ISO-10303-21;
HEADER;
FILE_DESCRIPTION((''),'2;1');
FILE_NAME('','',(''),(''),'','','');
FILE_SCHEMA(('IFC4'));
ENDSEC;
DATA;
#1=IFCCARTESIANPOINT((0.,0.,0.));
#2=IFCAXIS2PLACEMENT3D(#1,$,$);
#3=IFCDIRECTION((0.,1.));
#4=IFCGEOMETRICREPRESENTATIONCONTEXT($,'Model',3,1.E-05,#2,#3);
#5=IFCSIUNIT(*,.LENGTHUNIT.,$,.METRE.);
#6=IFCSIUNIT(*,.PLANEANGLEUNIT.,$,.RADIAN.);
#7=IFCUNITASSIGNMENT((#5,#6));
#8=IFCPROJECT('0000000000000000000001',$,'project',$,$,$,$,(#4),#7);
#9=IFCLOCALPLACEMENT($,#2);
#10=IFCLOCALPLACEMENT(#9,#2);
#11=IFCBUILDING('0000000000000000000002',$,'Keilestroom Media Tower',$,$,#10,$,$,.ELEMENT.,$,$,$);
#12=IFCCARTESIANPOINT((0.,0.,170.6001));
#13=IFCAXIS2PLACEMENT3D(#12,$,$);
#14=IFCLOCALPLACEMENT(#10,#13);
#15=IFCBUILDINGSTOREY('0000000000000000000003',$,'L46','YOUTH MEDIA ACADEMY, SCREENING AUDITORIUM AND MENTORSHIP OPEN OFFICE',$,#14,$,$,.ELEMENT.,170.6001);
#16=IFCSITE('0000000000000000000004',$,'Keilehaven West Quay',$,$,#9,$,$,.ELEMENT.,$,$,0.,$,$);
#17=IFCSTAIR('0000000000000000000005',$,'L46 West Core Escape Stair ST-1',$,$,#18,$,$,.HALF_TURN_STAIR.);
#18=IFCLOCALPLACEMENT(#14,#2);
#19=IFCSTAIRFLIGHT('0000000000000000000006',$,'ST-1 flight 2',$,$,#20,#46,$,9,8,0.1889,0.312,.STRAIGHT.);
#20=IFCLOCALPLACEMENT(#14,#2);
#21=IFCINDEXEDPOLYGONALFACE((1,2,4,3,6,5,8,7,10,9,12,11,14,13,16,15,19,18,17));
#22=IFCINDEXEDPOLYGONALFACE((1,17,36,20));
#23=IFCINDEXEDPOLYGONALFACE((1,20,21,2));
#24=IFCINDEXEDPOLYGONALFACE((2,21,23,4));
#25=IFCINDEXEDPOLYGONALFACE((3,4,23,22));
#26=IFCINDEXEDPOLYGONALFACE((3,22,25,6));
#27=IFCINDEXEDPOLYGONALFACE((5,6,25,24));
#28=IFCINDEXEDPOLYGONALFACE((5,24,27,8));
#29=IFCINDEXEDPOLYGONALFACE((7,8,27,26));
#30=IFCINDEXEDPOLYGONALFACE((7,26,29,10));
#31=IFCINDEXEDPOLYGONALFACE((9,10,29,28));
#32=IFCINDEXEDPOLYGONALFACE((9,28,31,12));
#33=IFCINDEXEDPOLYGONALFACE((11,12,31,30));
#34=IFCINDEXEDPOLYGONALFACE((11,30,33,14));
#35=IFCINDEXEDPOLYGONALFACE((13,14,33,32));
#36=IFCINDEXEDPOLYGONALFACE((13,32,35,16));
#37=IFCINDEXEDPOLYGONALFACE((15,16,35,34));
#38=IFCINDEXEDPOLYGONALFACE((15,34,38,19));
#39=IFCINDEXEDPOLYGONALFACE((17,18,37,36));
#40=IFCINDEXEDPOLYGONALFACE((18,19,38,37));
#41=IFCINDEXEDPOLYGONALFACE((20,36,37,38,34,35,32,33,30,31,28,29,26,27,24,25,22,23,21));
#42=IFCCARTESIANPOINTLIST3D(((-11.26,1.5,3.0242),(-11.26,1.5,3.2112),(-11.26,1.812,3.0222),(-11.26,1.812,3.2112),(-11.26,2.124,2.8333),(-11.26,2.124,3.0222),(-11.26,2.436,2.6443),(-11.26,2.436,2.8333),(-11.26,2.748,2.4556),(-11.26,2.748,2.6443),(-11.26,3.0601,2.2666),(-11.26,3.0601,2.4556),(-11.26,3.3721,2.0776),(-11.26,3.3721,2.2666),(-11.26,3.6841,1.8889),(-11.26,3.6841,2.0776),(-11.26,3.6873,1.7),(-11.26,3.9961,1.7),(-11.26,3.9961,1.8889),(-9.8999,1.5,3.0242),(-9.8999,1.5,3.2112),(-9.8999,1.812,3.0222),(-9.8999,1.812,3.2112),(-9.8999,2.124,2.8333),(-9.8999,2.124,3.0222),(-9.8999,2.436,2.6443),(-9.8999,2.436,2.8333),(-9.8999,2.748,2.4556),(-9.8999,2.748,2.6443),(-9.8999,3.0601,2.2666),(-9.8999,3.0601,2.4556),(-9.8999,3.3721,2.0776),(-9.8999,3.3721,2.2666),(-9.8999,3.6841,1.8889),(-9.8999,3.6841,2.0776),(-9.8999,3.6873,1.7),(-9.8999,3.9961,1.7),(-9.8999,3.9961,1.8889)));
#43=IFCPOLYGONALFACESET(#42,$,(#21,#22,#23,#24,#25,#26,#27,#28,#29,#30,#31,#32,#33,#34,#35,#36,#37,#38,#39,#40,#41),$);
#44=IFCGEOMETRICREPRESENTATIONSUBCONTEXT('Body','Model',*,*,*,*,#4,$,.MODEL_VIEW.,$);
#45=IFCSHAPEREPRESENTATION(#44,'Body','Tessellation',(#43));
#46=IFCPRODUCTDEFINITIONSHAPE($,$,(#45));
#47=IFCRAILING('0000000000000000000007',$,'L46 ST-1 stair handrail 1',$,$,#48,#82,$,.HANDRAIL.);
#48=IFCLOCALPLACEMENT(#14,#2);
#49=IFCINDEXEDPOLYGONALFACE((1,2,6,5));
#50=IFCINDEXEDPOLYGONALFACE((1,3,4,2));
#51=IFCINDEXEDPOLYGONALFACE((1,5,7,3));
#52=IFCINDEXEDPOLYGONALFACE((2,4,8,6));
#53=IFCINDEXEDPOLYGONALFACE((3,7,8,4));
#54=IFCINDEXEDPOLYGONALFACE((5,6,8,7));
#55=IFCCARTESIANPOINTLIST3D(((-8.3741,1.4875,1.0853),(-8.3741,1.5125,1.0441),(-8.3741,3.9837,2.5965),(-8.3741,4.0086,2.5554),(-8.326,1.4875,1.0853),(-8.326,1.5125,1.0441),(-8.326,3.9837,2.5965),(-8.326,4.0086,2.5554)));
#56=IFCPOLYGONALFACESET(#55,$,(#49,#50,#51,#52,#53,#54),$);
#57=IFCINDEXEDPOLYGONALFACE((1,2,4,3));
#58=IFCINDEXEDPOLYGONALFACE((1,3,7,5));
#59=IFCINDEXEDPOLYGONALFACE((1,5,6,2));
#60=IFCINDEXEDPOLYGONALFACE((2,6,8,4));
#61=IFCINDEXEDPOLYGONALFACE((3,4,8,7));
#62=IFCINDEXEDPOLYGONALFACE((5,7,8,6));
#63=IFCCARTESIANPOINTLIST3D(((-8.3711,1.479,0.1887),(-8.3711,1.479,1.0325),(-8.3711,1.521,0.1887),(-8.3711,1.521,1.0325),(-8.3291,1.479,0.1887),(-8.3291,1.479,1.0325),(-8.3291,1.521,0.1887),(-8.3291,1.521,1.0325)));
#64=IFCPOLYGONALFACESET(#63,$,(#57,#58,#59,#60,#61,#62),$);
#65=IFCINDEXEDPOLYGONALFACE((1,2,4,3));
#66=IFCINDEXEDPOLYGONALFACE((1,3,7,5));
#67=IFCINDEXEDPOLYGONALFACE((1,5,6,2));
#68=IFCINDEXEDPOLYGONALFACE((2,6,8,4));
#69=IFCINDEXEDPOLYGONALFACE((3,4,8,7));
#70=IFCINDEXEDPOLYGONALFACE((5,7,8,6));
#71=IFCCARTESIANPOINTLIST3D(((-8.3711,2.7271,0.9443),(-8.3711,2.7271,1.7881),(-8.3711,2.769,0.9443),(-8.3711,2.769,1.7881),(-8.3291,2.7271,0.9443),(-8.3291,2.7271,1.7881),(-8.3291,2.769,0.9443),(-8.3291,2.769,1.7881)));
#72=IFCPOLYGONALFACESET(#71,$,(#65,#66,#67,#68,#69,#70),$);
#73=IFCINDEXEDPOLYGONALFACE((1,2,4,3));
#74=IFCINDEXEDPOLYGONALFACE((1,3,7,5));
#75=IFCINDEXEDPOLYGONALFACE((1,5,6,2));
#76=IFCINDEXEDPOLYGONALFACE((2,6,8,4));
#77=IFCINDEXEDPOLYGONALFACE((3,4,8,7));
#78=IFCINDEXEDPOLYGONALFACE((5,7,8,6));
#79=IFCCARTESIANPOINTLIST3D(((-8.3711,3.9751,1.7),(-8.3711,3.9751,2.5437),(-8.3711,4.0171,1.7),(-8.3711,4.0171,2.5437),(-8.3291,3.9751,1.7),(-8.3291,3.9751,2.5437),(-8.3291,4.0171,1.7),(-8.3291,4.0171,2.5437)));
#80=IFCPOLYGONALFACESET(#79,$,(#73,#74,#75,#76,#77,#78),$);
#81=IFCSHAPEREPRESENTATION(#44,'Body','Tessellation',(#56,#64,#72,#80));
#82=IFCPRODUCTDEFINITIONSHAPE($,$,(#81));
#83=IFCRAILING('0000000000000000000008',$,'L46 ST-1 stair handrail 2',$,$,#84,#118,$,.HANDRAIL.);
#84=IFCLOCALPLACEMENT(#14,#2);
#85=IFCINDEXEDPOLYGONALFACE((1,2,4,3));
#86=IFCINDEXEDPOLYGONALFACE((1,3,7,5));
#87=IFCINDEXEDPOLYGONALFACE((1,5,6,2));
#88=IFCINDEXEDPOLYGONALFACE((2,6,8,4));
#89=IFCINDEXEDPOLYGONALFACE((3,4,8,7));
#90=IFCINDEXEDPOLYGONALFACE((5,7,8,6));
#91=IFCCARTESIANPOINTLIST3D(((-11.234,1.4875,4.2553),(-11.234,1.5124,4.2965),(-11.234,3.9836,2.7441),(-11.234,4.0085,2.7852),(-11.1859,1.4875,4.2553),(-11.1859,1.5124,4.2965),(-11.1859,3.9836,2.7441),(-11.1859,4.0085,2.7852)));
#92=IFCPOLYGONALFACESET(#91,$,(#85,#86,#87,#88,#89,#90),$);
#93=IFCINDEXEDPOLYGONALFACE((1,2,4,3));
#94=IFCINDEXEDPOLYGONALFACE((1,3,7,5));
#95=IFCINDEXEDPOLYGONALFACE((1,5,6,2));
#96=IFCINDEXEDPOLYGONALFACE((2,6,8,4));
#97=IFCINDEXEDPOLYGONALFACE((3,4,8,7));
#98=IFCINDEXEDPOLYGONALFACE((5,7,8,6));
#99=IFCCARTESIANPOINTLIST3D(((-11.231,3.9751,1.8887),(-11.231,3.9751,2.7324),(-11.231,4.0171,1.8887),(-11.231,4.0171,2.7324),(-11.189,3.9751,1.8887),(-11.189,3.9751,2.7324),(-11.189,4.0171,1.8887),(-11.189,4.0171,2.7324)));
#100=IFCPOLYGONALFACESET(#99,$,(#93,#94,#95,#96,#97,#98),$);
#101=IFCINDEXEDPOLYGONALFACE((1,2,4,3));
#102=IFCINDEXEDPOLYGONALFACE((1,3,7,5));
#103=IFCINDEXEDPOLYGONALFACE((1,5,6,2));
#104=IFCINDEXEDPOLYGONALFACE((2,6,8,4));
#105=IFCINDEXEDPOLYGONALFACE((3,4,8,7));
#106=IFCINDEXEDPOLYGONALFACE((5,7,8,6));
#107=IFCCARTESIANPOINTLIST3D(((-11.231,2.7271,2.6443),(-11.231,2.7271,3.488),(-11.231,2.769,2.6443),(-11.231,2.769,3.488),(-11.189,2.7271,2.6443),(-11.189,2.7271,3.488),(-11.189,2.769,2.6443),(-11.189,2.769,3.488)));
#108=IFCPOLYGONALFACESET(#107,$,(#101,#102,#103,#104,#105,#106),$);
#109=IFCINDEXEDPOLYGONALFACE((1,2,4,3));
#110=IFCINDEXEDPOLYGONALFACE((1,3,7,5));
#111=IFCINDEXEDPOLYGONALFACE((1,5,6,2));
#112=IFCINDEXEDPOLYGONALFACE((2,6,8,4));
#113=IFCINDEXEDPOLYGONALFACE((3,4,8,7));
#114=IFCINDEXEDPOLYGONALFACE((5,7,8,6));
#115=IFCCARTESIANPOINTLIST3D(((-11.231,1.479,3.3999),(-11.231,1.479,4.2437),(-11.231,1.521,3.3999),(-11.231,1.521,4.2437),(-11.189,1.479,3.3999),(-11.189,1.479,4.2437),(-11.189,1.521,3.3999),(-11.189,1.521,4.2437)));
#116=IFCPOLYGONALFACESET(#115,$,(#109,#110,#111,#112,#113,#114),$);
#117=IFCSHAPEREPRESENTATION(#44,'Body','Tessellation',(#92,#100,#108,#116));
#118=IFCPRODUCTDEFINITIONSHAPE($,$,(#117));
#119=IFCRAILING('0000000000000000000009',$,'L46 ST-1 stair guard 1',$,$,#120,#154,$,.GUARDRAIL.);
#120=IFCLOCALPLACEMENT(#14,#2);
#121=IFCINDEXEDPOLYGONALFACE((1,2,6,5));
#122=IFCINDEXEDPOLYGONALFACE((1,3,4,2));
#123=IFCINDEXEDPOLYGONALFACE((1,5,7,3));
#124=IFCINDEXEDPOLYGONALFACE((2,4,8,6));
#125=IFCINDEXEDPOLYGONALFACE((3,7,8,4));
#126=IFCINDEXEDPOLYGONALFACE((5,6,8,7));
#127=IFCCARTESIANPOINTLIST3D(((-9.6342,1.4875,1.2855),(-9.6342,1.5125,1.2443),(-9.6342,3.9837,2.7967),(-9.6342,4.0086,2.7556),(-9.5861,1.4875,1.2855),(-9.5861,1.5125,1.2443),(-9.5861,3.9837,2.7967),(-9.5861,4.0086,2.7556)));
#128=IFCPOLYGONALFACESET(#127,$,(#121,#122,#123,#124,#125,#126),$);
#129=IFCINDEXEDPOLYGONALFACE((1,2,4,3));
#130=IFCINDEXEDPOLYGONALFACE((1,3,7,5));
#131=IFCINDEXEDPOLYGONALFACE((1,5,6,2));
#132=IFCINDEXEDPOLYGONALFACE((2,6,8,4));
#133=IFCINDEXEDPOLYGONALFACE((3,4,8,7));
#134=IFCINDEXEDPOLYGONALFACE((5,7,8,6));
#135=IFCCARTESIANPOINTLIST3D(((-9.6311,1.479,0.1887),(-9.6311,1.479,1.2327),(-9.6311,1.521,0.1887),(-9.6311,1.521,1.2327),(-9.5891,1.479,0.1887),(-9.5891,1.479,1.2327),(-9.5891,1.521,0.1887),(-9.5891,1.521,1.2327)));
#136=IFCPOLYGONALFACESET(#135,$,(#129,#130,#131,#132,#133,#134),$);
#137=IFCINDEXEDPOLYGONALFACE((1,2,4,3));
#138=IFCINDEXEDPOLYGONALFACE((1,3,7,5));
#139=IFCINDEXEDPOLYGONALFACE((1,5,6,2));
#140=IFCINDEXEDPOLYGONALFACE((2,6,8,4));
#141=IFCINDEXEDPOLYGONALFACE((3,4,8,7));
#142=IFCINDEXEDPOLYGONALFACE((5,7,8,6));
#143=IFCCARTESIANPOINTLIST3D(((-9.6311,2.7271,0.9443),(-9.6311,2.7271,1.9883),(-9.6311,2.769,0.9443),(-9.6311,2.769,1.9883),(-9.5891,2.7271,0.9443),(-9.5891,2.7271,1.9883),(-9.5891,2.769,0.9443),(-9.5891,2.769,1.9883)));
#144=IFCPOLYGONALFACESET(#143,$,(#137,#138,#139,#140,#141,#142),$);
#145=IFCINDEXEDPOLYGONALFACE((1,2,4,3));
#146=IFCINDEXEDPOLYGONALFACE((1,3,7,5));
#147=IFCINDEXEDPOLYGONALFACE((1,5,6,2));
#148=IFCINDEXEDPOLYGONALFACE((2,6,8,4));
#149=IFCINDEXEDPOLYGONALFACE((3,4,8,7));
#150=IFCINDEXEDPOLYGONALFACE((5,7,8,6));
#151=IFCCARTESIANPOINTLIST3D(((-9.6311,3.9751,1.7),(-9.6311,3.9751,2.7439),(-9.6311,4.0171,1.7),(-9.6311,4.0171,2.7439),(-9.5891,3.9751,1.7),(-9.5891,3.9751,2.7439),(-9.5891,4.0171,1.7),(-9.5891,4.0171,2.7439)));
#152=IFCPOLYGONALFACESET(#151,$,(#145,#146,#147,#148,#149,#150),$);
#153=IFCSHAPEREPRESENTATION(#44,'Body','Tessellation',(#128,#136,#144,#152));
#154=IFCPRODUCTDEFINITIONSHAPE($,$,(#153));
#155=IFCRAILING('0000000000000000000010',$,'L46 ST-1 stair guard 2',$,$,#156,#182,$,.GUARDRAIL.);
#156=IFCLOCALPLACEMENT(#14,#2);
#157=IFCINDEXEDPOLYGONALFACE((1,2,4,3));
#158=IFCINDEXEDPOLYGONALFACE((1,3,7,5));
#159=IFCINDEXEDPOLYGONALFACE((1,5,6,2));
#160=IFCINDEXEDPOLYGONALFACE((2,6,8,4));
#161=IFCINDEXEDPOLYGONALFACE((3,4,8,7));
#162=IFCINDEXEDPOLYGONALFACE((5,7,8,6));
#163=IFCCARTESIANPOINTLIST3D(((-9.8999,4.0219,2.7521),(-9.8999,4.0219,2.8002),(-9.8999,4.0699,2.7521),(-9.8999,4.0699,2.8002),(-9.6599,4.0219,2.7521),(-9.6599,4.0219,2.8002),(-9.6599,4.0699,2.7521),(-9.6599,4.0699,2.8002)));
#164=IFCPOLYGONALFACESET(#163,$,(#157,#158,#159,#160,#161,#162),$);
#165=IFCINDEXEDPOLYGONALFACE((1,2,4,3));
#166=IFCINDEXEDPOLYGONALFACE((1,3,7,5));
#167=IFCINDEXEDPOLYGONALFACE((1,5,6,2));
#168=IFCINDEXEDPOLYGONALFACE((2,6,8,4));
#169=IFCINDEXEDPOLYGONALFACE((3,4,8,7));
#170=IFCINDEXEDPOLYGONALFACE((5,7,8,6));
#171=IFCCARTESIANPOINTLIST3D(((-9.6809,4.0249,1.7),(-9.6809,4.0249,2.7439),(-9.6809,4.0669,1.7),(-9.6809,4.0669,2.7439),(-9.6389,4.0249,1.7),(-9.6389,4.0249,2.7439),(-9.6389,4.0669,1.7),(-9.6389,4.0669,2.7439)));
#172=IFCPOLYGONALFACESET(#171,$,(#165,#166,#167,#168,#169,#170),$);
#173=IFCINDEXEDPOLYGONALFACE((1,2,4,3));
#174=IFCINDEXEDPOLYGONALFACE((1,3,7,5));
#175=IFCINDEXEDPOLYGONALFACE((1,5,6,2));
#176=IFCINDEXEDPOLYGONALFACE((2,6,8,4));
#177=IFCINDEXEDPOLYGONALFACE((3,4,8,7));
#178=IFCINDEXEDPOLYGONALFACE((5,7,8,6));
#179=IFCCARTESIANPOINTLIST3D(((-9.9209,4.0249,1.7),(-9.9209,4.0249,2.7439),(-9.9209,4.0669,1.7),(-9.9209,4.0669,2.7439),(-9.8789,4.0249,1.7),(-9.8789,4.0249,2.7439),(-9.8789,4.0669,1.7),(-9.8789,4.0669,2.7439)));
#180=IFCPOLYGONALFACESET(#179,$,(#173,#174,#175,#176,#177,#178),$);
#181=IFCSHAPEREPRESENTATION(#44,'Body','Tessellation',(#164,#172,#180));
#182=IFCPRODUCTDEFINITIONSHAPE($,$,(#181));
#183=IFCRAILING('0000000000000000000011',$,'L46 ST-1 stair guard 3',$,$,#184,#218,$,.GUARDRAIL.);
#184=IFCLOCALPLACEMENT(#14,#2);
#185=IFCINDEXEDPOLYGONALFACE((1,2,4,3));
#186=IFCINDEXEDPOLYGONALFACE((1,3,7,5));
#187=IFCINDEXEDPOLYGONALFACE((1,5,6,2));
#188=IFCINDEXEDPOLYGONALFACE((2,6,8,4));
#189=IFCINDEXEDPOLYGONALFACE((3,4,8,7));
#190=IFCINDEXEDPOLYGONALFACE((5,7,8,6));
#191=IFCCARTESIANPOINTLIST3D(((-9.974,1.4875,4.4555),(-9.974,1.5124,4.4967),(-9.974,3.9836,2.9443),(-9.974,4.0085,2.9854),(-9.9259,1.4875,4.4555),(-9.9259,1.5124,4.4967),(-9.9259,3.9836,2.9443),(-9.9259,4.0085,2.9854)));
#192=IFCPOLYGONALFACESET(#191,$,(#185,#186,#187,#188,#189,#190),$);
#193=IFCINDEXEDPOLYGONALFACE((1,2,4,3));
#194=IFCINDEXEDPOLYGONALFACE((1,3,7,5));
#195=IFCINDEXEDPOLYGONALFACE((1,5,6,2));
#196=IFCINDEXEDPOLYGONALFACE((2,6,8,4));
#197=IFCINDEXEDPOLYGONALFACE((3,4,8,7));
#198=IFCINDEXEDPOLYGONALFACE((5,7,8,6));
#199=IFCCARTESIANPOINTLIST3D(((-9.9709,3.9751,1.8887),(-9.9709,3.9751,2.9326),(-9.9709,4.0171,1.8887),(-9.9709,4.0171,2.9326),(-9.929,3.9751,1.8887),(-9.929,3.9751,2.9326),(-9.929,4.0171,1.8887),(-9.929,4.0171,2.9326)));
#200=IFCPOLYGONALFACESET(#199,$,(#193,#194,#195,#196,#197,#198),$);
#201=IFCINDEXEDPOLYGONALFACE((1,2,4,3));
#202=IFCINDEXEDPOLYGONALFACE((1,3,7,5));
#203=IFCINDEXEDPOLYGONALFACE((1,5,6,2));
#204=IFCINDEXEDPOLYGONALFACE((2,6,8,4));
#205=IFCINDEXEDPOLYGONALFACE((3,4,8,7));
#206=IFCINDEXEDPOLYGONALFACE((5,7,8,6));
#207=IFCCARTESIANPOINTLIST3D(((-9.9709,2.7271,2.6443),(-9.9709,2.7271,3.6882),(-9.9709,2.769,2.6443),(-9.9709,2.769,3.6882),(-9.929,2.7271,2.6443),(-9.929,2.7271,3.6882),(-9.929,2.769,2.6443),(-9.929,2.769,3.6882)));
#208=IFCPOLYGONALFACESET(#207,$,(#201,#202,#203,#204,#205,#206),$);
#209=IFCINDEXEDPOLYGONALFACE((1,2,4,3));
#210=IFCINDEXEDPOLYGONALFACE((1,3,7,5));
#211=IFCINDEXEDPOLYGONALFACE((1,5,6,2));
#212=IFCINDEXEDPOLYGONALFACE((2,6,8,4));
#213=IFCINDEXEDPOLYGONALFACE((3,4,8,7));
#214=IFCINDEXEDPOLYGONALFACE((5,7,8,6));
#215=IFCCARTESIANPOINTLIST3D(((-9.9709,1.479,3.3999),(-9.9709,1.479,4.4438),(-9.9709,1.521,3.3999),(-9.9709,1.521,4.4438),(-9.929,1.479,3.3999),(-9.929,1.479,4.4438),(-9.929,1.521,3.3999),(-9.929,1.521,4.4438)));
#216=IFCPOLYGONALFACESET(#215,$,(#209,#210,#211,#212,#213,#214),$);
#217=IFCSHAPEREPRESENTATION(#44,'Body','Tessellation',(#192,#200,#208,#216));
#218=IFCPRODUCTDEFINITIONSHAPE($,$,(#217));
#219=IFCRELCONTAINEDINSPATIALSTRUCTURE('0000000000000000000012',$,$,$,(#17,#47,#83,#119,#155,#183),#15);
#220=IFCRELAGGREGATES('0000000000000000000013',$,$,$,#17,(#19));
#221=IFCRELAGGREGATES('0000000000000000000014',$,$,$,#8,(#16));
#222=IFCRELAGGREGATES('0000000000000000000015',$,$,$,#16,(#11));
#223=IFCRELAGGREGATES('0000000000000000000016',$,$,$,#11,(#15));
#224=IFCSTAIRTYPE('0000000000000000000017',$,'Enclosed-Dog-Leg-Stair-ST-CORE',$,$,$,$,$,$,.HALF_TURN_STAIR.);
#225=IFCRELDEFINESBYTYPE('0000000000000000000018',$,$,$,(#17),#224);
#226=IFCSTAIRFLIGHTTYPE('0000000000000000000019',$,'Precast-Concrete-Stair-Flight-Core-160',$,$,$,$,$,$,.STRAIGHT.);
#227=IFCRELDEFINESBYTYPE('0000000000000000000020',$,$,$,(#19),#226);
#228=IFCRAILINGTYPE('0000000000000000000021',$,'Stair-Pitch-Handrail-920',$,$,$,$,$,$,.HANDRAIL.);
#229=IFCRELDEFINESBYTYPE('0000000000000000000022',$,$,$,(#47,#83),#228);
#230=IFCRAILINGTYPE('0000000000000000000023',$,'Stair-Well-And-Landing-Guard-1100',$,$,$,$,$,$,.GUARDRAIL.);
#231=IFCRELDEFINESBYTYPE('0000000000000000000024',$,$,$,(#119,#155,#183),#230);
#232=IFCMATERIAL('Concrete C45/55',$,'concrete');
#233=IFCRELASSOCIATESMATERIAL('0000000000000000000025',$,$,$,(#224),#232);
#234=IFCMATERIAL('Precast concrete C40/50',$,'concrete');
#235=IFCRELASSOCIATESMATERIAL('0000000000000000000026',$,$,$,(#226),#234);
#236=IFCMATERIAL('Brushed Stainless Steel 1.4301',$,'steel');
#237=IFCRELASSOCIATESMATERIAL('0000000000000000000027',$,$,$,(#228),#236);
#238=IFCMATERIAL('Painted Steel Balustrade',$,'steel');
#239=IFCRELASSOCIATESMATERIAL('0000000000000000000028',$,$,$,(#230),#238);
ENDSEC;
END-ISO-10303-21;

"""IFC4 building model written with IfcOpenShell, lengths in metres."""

from ifc_helpers import new_model, si_unit, direction, frame, origin, origin_2d, place, context, subcontext, project, spatial, polyline, rectangle, outline, extrude, material, type_object, element, aggregate, save


model = new_model("IFC4")

# Units and contexts
model_context = context("Model", 3, precision=1e-05, world=origin(), true_north=direction((0.0, 1.0)))
body_context = subcontext(model_context, "Body", "Model", "MODEL_VIEW")
ifc_project = project(units=[si_unit("LENGTHUNIT", "METRE"), si_unit("PLANEANGLEUNIT", "RADIAN")], contexts=[model_context])

# Site, building, storey
site_placement = place(None, origin())
site = spatial("IfcSite", under=ifc_project, at=site_placement, Name="Keilehaven West Quay", CompositionType="ELEMENT", RefElevation=0.0)
building_placement = place(site_placement, origin())
building = spatial("IfcBuilding", under=site, at=building_placement, Name="Keilestroom Media Tower", CompositionType="ELEMENT")
storey_placement = place(building_placement, frame((0.0, 0.0, 170.6001)))
storey = spatial("IfcBuildingStorey", under=building, at=storey_placement, Name="L46", Description="YOUTH MEDIA ACADEMY, SCREENING AUDITORIUM AND MENTORSHIP OPEN OFFICE", CompositionType="ELEMENT", Elevation=170.6001)

# Shared definitions
ifc_material_1 = material(Name="Precast concrete C40/50", Category="concrete")

# Shared definitions
ifc_material_2 = material(Name="Concrete C45/55", Category="concrete")

# Stair
stair_type = type_object("IfcStairType", Name="Enclosed-Dog-Leg-Stair-ST-CORE", PredefinedType="HALF_TURN_STAIR", material=ifc_material_2)
stair_1_placement = place(storey_placement, origin())
stair_1 = element("IfcStair", 1, at=stair_1_placement, inside=storey, type_object=stair_type, Name="L46 West Core Escape Stair ST-1", PredefinedType="HALF_TURN_STAIR")

# Stair flight
stair_flight_type = type_object("IfcStairFlightType", Name="Precast-Concrete-Stair-Flight-Core-160", PredefinedType="STRAIGHT", material=ifc_material_1)
stair_flight_1_placement = place(storey_placement, frame((-10.5801, 3.9961, 1.7), z_axis=(0.0, 0.0, 1.0), x_axis=(0.0, -1.0, 0.0)))
stair_flight_1 = element("IfcStairFlight", 2, at=stair_flight_1_placement, type_object=stair_flight_type, Name="ST-1 flight 2", NumberOfRisers=9, NumberOfTreads=8, PredefinedType="STRAIGHT", RiserHeight=0.1889, TreadLength=0.312, context=body_context, shape_type="SweptSolid", body=[
    extrude(outline(polyline([(0.0, 0.0), (0.0, 0.189), (0.312, 0.189), (0.312, 0.3777), (0.624, 0.3777), (0.624, 0.5667), (0.936, 0.5667), (0.936, 0.7556), (1.248, 0.7556), (1.248, 0.9443), (1.5601, 0.9443), (1.5601, 1.1333), (1.8721, 1.1333), (1.8721, 1.3223), (2.1841, 1.3223), (2.1841, 1.5112), (2.4961, 1.5112), (2.4961, 1.7), (2.4961, 1.3242), (0.3088, 0.0), (0.0, 0.0)])), frame((0.0, 0.6802, 0.0), z_axis=(0.0, -1.0, 0.0), x_axis=(1.0, 0.0, 0.0)), (0.0, 0.0, 1.0), 1.3601),
])
aggregate(stair_1, [stair_flight_1])

# Railings
ifc_material_3 = material(Name="Brushed Stainless Steel 1.4301", Category="steel")
railing_type_1 = type_object("IfcRailingType", Name="Stair-Pitch-Handrail-920", PredefinedType="HANDRAIL", material=ifc_material_3)
railing_1_placement = place(storey_placement, frame((-8.3501, 1.5, 0.1887)))
element("IfcRailing", 3, at=railing_1_placement, inside=storey, type_object=railing_type_1, Name="L46 ST-1 stair handrail 1", PredefinedType="HANDRAIL", context=body_context, shape_type="SweptSolid", body=[
    extrude(rectangle(XDim=0.0481, YDim=0.0481, at=origin_2d()), frame((0.0, 0.0, 0.876), z_axis=(0.0, 0.855434, 0.517912), x_axis=(-1.0, 0.0, 0.0)), (0.0, 0.0, 1.0), 2.918),
    extrude(rectangle(XDim=0.042, YDim=0.042, at=origin_2d()), origin(), (0.0, 0.0, 1.0), 0.8438),
    extrude(rectangle(XDim=0.042, YDim=0.042, at=origin_2d()), frame((0.0, 1.248, 0.7556)), (0.0, 0.0, 1.0), 0.8438),
    extrude(rectangle(XDim=0.042, YDim=0.042, at=origin_2d()), frame((0.0, 2.4961, 1.5112)), (0.0, 0.0, 1.0), 0.8438),
])
railing_2_placement = place(storey_placement, frame((-11.21, 3.9961, 1.8887)))
element("IfcRailing", 4, at=railing_2_placement, inside=storey, type_object=railing_type_1, Name="L46 ST-1 stair handrail 2", PredefinedType="HANDRAIL", context=body_context, shape_type="SweptSolid", body=[
    extrude(rectangle(XDim=0.0481, YDim=0.0481, at=origin_2d()), frame((0.0, 0.0, 0.876), z_axis=(0.0, -0.855434, 0.517912), x_axis=(1.0, 0.0, 0.0)), (0.0, 0.0, 1.0), 2.918),
    extrude(rectangle(XDim=0.042, YDim=0.042, at=origin_2d()), origin(), (0.0, 0.0, 1.0), 0.8438),
    extrude(rectangle(XDim=0.042, YDim=0.042, at=origin_2d()), frame((0.0, -1.248, 0.7556)), (0.0, 0.0, 1.0), 0.8438),
    extrude(rectangle(XDim=0.042, YDim=0.042, at=origin_2d()), frame((0.0, -2.4961, 1.5112)), (0.0, 0.0, 1.0), 0.8438),
])
ifc_material_4 = material(Name="Painted Steel Balustrade", Category="steel")
railing_type_2 = type_object("IfcRailingType", Name="Stair-Well-And-Landing-Guard-1100", PredefinedType="GUARDRAIL", material=ifc_material_4)
railing_3_placement = place(storey_placement, frame((-9.6101, 1.5, 0.1887)))
element("IfcRailing", 5, at=railing_3_placement, inside=storey, type_object=railing_type_2, Name="L46 ST-1 stair guard 1", PredefinedType="GUARDRAIL", context=body_context, shape_type="SweptSolid", body=[
    extrude(rectangle(XDim=0.0481, YDim=0.0481, at=origin_2d()), frame((0.0, 0.0, 1.0762), z_axis=(0.0, 0.855434, 0.517912), x_axis=(-1.0, 0.0, 0.0)), (0.0, 0.0, 1.0), 2.918),
    extrude(rectangle(XDim=0.042, YDim=0.042, at=origin_2d()), origin(), (0.0, 0.0, 1.0), 1.0439),
    extrude(rectangle(XDim=0.042, YDim=0.042, at=origin_2d()), frame((0.0, 1.248, 0.7556)), (0.0, 0.0, 1.0), 1.0439),
    extrude(rectangle(XDim=0.042, YDim=0.042, at=origin_2d()), frame((0.0, 2.4961, 1.5112)), (0.0, 0.0, 1.0), 1.0439),
])
railing_4_placement = place(storey_placement, frame((-9.6599, 4.0459, 1.7)))
element("IfcRailing", 6, at=railing_4_placement, inside=storey, type_object=railing_type_2, Name="L46 ST-1 stair guard 2", PredefinedType="GUARDRAIL", context=body_context, shape_type="SweptSolid", body=[
    extrude(rectangle(XDim=0.0481, YDim=0.0481, at=origin_2d()), frame((0.0, 0.0, 1.0762), z_axis=(-1.0, 0.0, 0.0), x_axis=(0.0, -1.0, 0.0)), (0.0, 0.0, 1.0), 0.24),
    extrude(rectangle(XDim=0.042, YDim=0.042, at=origin_2d()), origin(), (0.0, 0.0, 1.0), 1.0439),
    extrude(rectangle(XDim=0.042, YDim=0.042, at=origin_2d()), frame((-0.24, 0.0, 0.0)), (0.0, 0.0, 1.0), 1.0439),
])
railing_5_placement = place(storey_placement, frame((-9.95, 3.9961, 1.8887)))
element("IfcRailing", 7, at=railing_5_placement, inside=storey, type_object=railing_type_2, Name="L46 ST-1 stair guard 3", PredefinedType="GUARDRAIL", context=body_context, shape_type="SweptSolid", body=[
    extrude(rectangle(XDim=0.0481, YDim=0.0481, at=origin_2d()), frame((0.0, 0.0, 1.0762), z_axis=(0.0, -0.855434, 0.517912), x_axis=(1.0, 0.0, 0.0)), (0.0, 0.0, 1.0), 2.918),
    extrude(rectangle(XDim=0.042, YDim=0.042, at=origin_2d()), origin(), (0.0, 0.0, 1.0), 1.0439),
    extrude(rectangle(XDim=0.042, YDim=0.042, at=origin_2d()), frame((0.0, -1.248, 0.7556)), (0.0, 0.0, 1.0), 1.0439),
    extrude(rectangle(XDim=0.042, YDim=0.042, at=origin_2d()), frame((0.0, -2.4961, 1.5112)), (0.0, 0.0, 1.0), 1.0439),
])

save(model, "model.ifc")
